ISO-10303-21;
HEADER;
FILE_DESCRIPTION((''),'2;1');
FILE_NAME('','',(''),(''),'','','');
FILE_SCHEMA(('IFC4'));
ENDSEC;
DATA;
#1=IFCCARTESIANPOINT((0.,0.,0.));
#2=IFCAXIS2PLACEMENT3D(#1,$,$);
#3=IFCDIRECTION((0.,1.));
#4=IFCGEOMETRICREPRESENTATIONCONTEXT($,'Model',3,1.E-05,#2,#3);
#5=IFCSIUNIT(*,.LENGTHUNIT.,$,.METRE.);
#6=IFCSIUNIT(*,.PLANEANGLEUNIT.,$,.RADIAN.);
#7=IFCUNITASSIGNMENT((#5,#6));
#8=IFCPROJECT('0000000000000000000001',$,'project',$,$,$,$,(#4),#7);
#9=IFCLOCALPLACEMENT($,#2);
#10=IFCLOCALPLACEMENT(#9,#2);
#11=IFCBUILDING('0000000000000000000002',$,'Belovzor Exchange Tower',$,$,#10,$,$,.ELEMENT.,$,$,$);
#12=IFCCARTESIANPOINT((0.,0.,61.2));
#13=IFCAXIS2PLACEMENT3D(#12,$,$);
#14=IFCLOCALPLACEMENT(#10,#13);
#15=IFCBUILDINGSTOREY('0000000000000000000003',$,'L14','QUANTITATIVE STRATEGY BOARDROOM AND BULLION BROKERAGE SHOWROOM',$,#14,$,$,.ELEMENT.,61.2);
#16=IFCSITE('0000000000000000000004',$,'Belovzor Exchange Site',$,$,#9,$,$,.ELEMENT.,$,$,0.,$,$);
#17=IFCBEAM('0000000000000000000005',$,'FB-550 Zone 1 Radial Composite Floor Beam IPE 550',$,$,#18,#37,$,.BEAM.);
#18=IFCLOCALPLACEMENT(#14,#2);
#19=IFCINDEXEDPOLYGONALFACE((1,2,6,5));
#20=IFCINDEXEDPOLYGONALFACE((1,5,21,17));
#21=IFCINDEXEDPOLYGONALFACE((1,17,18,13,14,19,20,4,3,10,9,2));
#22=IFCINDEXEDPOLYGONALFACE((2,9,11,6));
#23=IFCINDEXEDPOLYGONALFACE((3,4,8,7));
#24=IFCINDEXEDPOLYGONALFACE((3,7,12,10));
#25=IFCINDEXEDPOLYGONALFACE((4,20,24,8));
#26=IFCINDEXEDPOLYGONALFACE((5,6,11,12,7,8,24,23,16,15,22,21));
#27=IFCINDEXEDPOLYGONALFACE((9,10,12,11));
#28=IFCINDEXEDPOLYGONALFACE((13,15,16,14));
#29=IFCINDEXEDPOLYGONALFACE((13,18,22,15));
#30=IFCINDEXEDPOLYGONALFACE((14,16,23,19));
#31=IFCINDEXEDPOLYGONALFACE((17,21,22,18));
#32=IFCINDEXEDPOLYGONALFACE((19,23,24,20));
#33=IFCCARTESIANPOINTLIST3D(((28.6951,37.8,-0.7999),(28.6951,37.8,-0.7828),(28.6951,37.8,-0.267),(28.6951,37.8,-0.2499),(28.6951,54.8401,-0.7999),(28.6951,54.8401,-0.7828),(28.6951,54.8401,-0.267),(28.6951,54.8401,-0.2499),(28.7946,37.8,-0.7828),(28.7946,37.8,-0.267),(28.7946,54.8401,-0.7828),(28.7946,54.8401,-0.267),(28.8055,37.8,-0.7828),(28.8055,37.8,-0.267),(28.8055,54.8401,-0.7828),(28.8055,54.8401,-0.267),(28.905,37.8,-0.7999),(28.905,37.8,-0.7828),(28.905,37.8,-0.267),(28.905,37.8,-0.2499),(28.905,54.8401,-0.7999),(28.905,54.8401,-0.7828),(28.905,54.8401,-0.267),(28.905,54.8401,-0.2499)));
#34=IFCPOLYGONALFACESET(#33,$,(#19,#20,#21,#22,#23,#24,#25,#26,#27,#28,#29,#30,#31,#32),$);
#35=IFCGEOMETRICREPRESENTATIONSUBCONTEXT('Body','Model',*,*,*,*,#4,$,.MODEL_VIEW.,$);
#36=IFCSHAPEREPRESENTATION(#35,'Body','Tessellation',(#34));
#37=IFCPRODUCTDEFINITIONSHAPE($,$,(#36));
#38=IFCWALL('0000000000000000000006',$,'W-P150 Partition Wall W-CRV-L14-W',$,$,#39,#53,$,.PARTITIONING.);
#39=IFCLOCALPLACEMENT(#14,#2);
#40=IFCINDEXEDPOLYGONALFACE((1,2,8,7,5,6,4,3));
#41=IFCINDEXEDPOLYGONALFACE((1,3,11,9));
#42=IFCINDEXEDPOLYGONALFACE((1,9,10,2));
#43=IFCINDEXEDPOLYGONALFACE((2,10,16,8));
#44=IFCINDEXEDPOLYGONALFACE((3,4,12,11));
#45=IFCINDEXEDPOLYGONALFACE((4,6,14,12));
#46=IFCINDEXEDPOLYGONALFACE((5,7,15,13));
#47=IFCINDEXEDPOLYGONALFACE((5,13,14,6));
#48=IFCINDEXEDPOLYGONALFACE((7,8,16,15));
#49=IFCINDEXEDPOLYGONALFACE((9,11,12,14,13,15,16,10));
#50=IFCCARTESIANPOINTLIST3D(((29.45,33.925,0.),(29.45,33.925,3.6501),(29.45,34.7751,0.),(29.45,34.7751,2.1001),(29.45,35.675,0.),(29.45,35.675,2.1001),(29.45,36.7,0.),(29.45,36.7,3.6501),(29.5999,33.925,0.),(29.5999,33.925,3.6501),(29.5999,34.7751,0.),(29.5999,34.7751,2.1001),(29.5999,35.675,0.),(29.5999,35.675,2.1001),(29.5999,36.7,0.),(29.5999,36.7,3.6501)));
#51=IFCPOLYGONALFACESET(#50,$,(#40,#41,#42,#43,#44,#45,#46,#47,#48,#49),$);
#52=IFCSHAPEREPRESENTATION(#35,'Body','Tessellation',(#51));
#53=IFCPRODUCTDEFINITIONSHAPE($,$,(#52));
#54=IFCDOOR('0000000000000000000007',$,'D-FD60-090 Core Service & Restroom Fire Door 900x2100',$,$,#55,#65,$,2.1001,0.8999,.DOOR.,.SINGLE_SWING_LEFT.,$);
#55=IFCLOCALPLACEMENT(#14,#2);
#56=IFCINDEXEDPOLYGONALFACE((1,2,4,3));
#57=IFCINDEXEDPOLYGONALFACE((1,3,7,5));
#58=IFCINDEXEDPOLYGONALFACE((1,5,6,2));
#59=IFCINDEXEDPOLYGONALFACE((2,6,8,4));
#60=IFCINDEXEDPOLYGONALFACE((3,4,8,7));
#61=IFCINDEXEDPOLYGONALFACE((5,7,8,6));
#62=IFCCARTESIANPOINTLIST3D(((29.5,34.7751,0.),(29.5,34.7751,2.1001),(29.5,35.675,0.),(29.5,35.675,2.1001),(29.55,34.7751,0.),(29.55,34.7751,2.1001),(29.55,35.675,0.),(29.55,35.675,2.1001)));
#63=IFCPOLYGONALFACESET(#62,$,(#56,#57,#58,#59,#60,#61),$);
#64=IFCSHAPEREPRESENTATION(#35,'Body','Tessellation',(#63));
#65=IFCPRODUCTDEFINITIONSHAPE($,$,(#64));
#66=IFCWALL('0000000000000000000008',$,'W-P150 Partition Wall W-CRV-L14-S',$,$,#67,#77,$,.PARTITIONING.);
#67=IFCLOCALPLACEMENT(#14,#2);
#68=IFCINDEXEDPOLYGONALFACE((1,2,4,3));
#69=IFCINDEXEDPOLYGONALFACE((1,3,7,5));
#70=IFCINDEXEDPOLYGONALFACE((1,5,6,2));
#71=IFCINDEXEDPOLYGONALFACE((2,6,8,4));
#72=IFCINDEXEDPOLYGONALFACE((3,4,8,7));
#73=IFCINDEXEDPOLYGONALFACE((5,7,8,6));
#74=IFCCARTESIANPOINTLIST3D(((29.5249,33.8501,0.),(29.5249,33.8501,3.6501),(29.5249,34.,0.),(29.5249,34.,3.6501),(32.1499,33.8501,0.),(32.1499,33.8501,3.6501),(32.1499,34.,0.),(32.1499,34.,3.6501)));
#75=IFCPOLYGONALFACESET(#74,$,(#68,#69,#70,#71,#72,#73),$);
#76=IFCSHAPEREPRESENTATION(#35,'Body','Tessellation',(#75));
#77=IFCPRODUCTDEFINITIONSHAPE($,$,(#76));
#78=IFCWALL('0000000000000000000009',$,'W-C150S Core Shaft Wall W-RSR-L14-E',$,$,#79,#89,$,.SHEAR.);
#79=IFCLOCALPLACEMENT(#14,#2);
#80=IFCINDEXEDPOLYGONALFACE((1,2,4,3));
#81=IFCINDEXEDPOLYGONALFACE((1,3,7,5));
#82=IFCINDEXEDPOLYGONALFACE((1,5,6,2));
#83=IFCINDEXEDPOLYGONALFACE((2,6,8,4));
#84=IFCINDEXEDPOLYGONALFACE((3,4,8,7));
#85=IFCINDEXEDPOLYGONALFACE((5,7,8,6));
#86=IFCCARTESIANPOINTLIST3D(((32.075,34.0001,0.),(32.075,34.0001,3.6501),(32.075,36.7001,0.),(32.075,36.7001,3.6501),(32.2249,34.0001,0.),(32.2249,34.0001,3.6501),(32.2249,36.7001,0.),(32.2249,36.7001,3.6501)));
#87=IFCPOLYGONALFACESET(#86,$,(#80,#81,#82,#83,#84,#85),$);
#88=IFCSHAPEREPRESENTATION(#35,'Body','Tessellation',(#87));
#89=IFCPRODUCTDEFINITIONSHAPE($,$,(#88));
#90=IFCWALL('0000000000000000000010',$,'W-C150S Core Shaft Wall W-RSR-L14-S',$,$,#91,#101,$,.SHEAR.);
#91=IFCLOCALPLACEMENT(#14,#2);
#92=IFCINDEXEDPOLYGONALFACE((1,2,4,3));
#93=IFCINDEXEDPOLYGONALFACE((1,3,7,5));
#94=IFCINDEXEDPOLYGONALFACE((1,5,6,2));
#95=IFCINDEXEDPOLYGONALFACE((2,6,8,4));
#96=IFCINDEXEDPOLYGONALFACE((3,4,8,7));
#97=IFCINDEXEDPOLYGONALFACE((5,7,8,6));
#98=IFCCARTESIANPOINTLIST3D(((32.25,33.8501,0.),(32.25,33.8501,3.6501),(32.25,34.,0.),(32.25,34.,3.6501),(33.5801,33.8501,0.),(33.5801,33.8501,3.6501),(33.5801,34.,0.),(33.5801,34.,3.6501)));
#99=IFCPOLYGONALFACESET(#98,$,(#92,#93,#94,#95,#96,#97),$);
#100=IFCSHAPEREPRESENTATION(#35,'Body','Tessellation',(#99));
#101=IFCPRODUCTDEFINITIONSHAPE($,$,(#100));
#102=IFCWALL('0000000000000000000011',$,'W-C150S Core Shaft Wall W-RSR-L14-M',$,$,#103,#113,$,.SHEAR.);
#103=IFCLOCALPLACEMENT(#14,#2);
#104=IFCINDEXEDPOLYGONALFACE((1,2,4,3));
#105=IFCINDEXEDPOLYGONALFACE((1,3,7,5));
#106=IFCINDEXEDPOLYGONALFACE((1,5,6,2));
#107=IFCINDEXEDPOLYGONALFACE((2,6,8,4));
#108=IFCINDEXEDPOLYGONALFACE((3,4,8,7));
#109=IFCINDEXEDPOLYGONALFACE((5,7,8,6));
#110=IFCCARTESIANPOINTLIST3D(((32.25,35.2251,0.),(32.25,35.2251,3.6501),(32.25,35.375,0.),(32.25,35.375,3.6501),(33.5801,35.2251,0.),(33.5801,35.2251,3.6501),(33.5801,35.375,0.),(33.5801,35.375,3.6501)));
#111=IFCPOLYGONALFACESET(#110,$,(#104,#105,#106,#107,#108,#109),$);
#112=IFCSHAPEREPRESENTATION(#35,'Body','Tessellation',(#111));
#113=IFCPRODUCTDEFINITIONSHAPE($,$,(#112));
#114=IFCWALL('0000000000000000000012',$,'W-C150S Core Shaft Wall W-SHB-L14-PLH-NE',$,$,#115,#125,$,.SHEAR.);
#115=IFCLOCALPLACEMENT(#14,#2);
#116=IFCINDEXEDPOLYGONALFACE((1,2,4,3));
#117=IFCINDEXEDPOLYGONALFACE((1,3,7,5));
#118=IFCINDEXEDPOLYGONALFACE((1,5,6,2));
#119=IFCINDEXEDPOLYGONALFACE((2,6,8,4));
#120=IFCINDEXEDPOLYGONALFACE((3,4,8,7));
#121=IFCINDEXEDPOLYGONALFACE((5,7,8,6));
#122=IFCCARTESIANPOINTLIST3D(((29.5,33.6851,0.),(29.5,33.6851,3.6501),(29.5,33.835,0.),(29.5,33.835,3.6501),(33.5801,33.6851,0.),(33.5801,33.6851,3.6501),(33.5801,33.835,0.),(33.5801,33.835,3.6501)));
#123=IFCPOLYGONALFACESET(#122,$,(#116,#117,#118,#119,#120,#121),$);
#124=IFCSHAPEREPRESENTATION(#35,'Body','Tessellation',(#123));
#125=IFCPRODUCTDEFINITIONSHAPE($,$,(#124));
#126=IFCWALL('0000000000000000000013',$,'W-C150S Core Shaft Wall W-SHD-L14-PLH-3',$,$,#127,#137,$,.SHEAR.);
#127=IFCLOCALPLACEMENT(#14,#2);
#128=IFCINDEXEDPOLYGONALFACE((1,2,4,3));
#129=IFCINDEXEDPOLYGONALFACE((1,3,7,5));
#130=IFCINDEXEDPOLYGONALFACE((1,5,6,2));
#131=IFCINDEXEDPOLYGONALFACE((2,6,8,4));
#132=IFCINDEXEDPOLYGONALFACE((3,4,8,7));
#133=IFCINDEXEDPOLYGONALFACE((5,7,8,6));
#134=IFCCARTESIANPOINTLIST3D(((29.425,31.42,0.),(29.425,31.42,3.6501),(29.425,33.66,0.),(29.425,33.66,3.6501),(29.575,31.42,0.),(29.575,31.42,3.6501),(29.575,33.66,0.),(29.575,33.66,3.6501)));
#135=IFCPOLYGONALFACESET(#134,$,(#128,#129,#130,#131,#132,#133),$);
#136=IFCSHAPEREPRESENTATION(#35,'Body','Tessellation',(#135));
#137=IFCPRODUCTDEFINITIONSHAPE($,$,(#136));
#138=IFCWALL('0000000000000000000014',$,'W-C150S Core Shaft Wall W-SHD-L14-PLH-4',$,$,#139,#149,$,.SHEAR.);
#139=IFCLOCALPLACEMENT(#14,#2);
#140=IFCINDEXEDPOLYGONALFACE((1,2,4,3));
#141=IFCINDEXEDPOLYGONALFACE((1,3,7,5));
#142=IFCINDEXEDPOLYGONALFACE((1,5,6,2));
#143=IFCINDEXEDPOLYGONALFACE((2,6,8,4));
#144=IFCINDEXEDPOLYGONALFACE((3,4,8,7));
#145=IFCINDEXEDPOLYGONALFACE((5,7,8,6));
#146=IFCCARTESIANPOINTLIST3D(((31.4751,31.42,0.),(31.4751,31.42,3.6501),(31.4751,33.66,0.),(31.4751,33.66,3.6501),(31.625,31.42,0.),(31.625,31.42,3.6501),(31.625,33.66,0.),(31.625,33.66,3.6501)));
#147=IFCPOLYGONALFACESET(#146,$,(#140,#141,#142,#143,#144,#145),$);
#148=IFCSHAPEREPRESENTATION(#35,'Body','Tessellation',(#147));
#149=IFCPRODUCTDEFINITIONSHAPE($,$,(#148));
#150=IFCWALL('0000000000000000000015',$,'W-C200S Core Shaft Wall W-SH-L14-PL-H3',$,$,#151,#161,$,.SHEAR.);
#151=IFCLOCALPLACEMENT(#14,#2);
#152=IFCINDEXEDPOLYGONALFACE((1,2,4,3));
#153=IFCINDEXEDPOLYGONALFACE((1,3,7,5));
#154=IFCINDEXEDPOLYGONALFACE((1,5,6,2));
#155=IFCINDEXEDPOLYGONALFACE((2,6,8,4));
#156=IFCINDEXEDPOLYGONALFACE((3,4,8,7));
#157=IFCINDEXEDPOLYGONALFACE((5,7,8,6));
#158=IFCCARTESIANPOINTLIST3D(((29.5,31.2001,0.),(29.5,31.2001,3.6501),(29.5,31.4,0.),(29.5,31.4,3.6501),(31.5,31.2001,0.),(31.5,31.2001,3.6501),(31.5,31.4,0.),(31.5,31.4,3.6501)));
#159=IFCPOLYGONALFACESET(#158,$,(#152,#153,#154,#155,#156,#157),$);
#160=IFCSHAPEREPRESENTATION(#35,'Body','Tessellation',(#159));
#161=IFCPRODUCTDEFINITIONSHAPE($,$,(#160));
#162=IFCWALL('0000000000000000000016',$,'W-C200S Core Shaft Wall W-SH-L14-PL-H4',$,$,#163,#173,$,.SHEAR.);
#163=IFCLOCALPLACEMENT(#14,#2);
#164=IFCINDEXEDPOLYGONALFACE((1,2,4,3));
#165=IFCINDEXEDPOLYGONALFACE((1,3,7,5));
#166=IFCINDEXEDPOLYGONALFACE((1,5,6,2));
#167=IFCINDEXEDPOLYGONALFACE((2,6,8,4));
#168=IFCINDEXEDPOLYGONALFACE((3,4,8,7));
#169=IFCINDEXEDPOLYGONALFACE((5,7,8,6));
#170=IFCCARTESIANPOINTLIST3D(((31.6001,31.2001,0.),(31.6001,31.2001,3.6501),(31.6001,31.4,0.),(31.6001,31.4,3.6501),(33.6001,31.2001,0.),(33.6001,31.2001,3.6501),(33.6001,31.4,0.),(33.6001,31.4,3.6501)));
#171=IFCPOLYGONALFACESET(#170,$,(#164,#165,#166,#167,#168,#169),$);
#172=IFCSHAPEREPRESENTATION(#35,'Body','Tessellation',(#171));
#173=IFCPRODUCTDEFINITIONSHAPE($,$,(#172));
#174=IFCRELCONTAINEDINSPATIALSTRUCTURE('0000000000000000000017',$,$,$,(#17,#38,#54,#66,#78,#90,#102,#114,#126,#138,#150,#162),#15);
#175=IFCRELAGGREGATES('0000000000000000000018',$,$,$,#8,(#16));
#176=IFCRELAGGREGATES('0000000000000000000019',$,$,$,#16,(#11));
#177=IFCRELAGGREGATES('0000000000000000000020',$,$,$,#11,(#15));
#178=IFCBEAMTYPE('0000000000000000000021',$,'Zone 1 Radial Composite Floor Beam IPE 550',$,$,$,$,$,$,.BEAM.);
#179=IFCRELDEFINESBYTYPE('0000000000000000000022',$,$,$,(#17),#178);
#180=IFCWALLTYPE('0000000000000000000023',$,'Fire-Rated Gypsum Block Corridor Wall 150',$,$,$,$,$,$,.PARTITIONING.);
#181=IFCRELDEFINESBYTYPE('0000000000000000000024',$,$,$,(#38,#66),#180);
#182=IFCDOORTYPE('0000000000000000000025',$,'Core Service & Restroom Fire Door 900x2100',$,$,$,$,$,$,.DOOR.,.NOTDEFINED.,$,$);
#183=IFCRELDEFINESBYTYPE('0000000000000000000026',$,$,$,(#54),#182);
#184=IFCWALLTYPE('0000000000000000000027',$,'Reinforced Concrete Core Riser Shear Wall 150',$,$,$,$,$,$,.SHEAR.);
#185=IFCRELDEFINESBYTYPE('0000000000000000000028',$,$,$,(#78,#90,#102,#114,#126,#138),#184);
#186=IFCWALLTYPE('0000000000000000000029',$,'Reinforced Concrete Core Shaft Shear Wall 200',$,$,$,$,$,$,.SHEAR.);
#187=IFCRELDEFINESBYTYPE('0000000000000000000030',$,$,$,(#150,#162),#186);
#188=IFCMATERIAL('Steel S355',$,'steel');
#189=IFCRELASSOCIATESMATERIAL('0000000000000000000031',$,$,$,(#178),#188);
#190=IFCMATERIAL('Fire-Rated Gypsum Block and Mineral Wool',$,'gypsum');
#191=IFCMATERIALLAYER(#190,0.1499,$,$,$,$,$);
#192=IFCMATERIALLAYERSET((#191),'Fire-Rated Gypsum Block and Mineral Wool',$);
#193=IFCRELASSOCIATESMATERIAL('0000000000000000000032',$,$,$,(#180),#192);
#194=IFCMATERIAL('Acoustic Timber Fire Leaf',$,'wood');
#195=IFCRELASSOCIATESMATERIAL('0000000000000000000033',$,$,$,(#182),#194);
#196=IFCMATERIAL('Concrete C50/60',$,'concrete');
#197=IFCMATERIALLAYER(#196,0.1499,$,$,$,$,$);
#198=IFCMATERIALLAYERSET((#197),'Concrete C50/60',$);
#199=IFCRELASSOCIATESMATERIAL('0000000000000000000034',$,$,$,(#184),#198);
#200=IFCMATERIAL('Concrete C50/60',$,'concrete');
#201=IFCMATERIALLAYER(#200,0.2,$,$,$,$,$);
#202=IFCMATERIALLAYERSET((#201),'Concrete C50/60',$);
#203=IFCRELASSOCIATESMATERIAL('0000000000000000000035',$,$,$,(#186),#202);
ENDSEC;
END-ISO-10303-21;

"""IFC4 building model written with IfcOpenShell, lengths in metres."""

from ifc_helpers import new_model, si_unit, direction, frame, frame_2d, origin, origin_2d, place, context, subcontext, project, spatial, rectangle, i_section, extrude, material, layer, layer_set, material_profile, profile_set, type_object, element, fill, save


model = new_model("IFC4")

# Units and contexts
model_context = context("Model", 3, precision=1e-05, world=origin(), true_north=direction((0.0, 1.0)))
body_context = subcontext(model_context, "Body", "Model", "MODEL_VIEW")
ifc_project = project(units=[si_unit("LENGTHUNIT", "METRE"), si_unit("PLANEANGLEUNIT", "RADIAN")], contexts=[model_context])

# Site, building, storey
site_placement = place(None, origin())
site = spatial("IfcSite", under=ifc_project, at=site_placement, Name="Belovzor Exchange Site", CompositionType="ELEMENT", RefElevation=0.0)
building_placement = place(site_placement, origin())
building = spatial("IfcBuilding", under=site, at=building_placement, Name="Belovzor Exchange Tower", CompositionType="ELEMENT")
storey_placement = place(building_placement, frame((0.0, 0.0, 61.2)))
storey = spatial("IfcBuildingStorey", under=building, at=storey_placement, Name="L14", Description="QUANTITATIVE STRATEGY BOARDROOM AND BULLION BROKERAGE SHOWROOM", CompositionType="ELEMENT", Elevation=61.2)

# Beam
ifc_material_1 = material(Name="Steel S355", Category="steel")
ifc_material_profile = material_profile(ifc_material_1, i_section(OverallWidth=0.21, OverallDepth=0.55, WebThickness=0.011, FlangeThickness=0.0171, at=origin_2d()))
ifc_profile_set = profile_set([ifc_material_profile], Name="Steel S355")
beam_type = type_object("IfcBeamType", Name="Zone 1 Radial Composite Floor Beam IPE 550", PredefinedType="BEAM", material=ifc_profile_set)
beam_placement = place(storey_placement, frame((28.8, 37.8, -0.5249), z_axis=(0.0, 1.0, 0.0), x_axis=(-1.0, 0.0, 0.0)))
element("IfcBeam", 1, at=beam_placement, inside=storey, type_object=beam_type, Name="FB-550 Zone 1 Radial Composite Floor Beam IPE 550", PredefinedType="BEAM", context=body_context, shape_type="SweptSolid", body=[
    extrude(i_section(OverallWidth=0.21, OverallDepth=0.55, WebThickness=0.011, FlangeThickness=0.0171, at=origin_2d()), origin(), (0.0, 0.0, 1.0), 17.04),
])

# Wall, opening, door
ifc_material_2 = material(Name="Fire-Rated Gypsum Block and Mineral Wool", Category="gypsum")
ifc_layer_1 = layer(ifc_material_2, 0.1499)
ifc_layer_set_1 = layer_set([ifc_layer_1], Name="Fire-Rated Gypsum Block and Mineral Wool")
wall_type_1 = type_object("IfcWallType", Name="Fire-Rated Gypsum Block Corridor Wall 150", PredefinedType="PARTITIONING", material=ifc_layer_set_1)
wall_1_placement = place(storey_placement, frame((29.5249, 33.925, 0.0), z_axis=(0.0, 0.0, 1.0), x_axis=(0.0, 1.0, 0.0)))
wall_1 = element("IfcWall", 2, at=wall_1_placement, inside=storey, type_object=wall_type_1, Name="W-P150 Partition Wall W-CRV-L14-W", PredefinedType="PARTITIONING", context=body_context, shape_type="SweptSolid", body=[
    extrude(rectangle(XDim=2.7749, YDim=0.1499, at=frame_2d((1.3875, 0.0))), origin(), (0.0, 0.0, 1.0), 3.6501),
])
opening_placement = place(wall_1_placement, frame((0.8501, 0.0, 0.0)))
opening = element("IfcOpeningElement", 3, at=opening_placement, cuts=wall_1, PredefinedType="OPENING", context=body_context, shape_type="SweptSolid", body=[
    extrude(rectangle(XDim=0.8999, YDim=2.1001, at=frame_2d((0.45, 1.05))), frame((0.0, 0.085, 0.0), z_axis=(0.0, -1.0, 0.0), x_axis=(1.0, 0.0, 0.0)), (0.0, 0.0, 1.0), 0.1699),
])
ifc_material_3 = material(Name="Acoustic Timber Fire Leaf", Category="wood")
door_type = type_object("IfcDoorType", Name="Core Service & Restroom Fire Door 900x2100", OperationType="NOTDEFINED", PredefinedType="DOOR", material=ifc_material_3)
door_placement = place(opening_placement, origin())
door = element("IfcDoor", 4, at=door_placement, inside=storey, type_object=door_type, Name="D-FD60-090 Core Service & Restroom Fire Door 900x2100", OperationType="SINGLE_SWING_LEFT", OverallHeight=2.1001, OverallWidth=0.8999, PredefinedType="DOOR", context=body_context, shape_type="SweptSolid", body=[
    extrude(rectangle(XDim=0.8999, YDim=2.1001, at=frame_2d((0.45, 1.05))), frame((0.0, 0.0249, 0.0), z_axis=(0.0, -1.0, 0.0), x_axis=(1.0, 0.0, 0.0)), (0.0, 0.0, 1.0), 0.05),
])
fill(opening, door)

# Walls
wall_2_placement = place(storey_placement, frame((29.5249, 33.925, 0.0), z_axis=(0.0, 0.0, 1.0), x_axis=(1.0, 0.0, 0.0)))
element("IfcWall", 5, at=wall_2_placement, inside=storey, type_object=wall_type_1, Name="W-P150 Partition Wall W-CRV-L14-S", PredefinedType="PARTITIONING", context=body_context, shape_type="SweptSolid", body=[
    extrude(rectangle(XDim=2.625, YDim=0.1499, at=frame_2d((1.3125, 0.0))), origin(), (0.0, 0.0, 1.0), 3.6501),
])
ifc_material_4 = material(Name="Concrete C50/60", Category="concrete")
ifc_layer_2 = layer(ifc_material_4, 0.1499)
ifc_layer_set_2 = layer_set([ifc_layer_2], Name="Concrete C50/60")
wall_type_2 = type_object("IfcWallType", Name="Reinforced Concrete Core Riser Shear Wall 150", PredefinedType="SHEAR", material=ifc_layer_set_2)
wall_3_placement = place(storey_placement, frame((32.1499, 34.0, 0.0), z_axis=(0.0, 0.0, 1.0), x_axis=(0.0, 1.0, 0.0)))
element("IfcWall", 6, at=wall_3_placement, inside=storey, type_object=wall_type_2, Name="W-C150S Core Shaft Wall W-RSR-L14-E", PredefinedType="SHEAR", context=body_context, shape_type="SweptSolid", body=[
    extrude(rectangle(XDim=2.7, YDim=0.1499, at=frame_2d((1.3501, 0.0))), origin(), (0.0, 0.0, 1.0), 3.6501),
])
for number, where, z_axis, x_axis, name in (
    (7, (32.25, 33.925, 0.0), (0.0, 0.0, 1.0), (1.0, 0.0, 0.0), "W-C150S Core Shaft Wall W-RSR-L14-S"),
    (8, (32.25, 35.3, 0.0), (0.0, 0.0, 1.0), (1.0, 0.0, 0.0), "W-C150S Core Shaft Wall W-RSR-L14-M"),
):
    element("IfcWall", number, at=place(storey_placement, frame(where, z_axis=z_axis, x_axis=x_axis)), inside=storey, type_object=wall_type_2, Name=name, PredefinedType="SHEAR", context=body_context, shape_type="SweptSolid", body=[
        extrude(rectangle(XDim=1.3301, YDim=0.1499, at=frame_2d((0.665, 0.0))), origin(), (0.0, 0.0, 1.0), 3.6501),
    ])
wall_4_placement = place(storey_placement, frame((29.5, 33.76, 0.0), z_axis=(0.0, 0.0, 1.0), x_axis=(1.0, 0.0, 0.0)))
element("IfcWall", 9, at=wall_4_placement, inside=storey, type_object=wall_type_2, Name="W-C150S Core Shaft Wall W-SHB-L14-PLH-NE", PredefinedType="SHEAR", context=body_context, shape_type="SweptSolid", body=[
    extrude(rectangle(XDim=4.0801, YDim=0.1499, at=frame_2d((2.04, 0.0))), origin(), (0.0, 0.0, 1.0), 3.6501),
])
for number, where, z_axis, x_axis, name in (
    (10, (29.5, 31.4199, 0.0), (0.0, 0.0, 1.0), (0.0, 1.0, 0.0), "W-C150S Core Shaft Wall W-SHD-L14-PLH-3"),
    (11, (31.55, 31.4199, 0.0), (0.0, 0.0, 1.0), (0.0, 1.0, 0.0), "W-C150S Core Shaft Wall W-SHD-L14-PLH-4"),
):
    element("IfcWall", number, at=place(storey_placement, frame(where, z_axis=z_axis, x_axis=x_axis)), inside=storey, type_object=wall_type_2, Name=name, PredefinedType="SHEAR", context=body_context, shape_type="SweptSolid", body=[
        extrude(rectangle(XDim=2.24, YDim=0.1499, at=frame_2d((1.1201, 0.0))), origin(), (0.0, 0.0, 1.0), 3.6501),
    ])
ifc_material_5 = material(Name="Concrete C50/60", Category="concrete")
ifc_layer_3 = layer(ifc_material_5, 0.2)
ifc_layer_set_3 = layer_set([ifc_layer_3], Name="Concrete C50/60")
wall_type_3 = type_object("IfcWallType", Name="Reinforced Concrete Core Shaft Shear Wall 200", PredefinedType="SHEAR", material=ifc_layer_set_3)
for number, where, z_axis, x_axis, name in (
    (12, (29.5, 31.3, 0.0), (0.0, 0.0, 1.0), (1.0, 0.0, 0.0), "W-C200S Core Shaft Wall W-SH-L14-PL-H3"),
    (13, (31.6001, 31.3, 0.0), (0.0, 0.0, 1.0), (1.0, 0.0, 0.0), "W-C200S Core Shaft Wall W-SH-L14-PL-H4"),
):
    element("IfcWall", number, at=place(storey_placement, frame(where, z_axis=z_axis, x_axis=x_axis)), inside=storey, type_object=wall_type_3, Name=name, PredefinedType="SHEAR", context=body_context, shape_type="SweptSolid", body=[
        extrude(rectangle(XDim=2.0, YDim=0.2, at=frame_2d((1.0, 0.0))), origin(), (0.0, 0.0, 1.0), 3.6501),
    ])

save(model, "model.ifc")
